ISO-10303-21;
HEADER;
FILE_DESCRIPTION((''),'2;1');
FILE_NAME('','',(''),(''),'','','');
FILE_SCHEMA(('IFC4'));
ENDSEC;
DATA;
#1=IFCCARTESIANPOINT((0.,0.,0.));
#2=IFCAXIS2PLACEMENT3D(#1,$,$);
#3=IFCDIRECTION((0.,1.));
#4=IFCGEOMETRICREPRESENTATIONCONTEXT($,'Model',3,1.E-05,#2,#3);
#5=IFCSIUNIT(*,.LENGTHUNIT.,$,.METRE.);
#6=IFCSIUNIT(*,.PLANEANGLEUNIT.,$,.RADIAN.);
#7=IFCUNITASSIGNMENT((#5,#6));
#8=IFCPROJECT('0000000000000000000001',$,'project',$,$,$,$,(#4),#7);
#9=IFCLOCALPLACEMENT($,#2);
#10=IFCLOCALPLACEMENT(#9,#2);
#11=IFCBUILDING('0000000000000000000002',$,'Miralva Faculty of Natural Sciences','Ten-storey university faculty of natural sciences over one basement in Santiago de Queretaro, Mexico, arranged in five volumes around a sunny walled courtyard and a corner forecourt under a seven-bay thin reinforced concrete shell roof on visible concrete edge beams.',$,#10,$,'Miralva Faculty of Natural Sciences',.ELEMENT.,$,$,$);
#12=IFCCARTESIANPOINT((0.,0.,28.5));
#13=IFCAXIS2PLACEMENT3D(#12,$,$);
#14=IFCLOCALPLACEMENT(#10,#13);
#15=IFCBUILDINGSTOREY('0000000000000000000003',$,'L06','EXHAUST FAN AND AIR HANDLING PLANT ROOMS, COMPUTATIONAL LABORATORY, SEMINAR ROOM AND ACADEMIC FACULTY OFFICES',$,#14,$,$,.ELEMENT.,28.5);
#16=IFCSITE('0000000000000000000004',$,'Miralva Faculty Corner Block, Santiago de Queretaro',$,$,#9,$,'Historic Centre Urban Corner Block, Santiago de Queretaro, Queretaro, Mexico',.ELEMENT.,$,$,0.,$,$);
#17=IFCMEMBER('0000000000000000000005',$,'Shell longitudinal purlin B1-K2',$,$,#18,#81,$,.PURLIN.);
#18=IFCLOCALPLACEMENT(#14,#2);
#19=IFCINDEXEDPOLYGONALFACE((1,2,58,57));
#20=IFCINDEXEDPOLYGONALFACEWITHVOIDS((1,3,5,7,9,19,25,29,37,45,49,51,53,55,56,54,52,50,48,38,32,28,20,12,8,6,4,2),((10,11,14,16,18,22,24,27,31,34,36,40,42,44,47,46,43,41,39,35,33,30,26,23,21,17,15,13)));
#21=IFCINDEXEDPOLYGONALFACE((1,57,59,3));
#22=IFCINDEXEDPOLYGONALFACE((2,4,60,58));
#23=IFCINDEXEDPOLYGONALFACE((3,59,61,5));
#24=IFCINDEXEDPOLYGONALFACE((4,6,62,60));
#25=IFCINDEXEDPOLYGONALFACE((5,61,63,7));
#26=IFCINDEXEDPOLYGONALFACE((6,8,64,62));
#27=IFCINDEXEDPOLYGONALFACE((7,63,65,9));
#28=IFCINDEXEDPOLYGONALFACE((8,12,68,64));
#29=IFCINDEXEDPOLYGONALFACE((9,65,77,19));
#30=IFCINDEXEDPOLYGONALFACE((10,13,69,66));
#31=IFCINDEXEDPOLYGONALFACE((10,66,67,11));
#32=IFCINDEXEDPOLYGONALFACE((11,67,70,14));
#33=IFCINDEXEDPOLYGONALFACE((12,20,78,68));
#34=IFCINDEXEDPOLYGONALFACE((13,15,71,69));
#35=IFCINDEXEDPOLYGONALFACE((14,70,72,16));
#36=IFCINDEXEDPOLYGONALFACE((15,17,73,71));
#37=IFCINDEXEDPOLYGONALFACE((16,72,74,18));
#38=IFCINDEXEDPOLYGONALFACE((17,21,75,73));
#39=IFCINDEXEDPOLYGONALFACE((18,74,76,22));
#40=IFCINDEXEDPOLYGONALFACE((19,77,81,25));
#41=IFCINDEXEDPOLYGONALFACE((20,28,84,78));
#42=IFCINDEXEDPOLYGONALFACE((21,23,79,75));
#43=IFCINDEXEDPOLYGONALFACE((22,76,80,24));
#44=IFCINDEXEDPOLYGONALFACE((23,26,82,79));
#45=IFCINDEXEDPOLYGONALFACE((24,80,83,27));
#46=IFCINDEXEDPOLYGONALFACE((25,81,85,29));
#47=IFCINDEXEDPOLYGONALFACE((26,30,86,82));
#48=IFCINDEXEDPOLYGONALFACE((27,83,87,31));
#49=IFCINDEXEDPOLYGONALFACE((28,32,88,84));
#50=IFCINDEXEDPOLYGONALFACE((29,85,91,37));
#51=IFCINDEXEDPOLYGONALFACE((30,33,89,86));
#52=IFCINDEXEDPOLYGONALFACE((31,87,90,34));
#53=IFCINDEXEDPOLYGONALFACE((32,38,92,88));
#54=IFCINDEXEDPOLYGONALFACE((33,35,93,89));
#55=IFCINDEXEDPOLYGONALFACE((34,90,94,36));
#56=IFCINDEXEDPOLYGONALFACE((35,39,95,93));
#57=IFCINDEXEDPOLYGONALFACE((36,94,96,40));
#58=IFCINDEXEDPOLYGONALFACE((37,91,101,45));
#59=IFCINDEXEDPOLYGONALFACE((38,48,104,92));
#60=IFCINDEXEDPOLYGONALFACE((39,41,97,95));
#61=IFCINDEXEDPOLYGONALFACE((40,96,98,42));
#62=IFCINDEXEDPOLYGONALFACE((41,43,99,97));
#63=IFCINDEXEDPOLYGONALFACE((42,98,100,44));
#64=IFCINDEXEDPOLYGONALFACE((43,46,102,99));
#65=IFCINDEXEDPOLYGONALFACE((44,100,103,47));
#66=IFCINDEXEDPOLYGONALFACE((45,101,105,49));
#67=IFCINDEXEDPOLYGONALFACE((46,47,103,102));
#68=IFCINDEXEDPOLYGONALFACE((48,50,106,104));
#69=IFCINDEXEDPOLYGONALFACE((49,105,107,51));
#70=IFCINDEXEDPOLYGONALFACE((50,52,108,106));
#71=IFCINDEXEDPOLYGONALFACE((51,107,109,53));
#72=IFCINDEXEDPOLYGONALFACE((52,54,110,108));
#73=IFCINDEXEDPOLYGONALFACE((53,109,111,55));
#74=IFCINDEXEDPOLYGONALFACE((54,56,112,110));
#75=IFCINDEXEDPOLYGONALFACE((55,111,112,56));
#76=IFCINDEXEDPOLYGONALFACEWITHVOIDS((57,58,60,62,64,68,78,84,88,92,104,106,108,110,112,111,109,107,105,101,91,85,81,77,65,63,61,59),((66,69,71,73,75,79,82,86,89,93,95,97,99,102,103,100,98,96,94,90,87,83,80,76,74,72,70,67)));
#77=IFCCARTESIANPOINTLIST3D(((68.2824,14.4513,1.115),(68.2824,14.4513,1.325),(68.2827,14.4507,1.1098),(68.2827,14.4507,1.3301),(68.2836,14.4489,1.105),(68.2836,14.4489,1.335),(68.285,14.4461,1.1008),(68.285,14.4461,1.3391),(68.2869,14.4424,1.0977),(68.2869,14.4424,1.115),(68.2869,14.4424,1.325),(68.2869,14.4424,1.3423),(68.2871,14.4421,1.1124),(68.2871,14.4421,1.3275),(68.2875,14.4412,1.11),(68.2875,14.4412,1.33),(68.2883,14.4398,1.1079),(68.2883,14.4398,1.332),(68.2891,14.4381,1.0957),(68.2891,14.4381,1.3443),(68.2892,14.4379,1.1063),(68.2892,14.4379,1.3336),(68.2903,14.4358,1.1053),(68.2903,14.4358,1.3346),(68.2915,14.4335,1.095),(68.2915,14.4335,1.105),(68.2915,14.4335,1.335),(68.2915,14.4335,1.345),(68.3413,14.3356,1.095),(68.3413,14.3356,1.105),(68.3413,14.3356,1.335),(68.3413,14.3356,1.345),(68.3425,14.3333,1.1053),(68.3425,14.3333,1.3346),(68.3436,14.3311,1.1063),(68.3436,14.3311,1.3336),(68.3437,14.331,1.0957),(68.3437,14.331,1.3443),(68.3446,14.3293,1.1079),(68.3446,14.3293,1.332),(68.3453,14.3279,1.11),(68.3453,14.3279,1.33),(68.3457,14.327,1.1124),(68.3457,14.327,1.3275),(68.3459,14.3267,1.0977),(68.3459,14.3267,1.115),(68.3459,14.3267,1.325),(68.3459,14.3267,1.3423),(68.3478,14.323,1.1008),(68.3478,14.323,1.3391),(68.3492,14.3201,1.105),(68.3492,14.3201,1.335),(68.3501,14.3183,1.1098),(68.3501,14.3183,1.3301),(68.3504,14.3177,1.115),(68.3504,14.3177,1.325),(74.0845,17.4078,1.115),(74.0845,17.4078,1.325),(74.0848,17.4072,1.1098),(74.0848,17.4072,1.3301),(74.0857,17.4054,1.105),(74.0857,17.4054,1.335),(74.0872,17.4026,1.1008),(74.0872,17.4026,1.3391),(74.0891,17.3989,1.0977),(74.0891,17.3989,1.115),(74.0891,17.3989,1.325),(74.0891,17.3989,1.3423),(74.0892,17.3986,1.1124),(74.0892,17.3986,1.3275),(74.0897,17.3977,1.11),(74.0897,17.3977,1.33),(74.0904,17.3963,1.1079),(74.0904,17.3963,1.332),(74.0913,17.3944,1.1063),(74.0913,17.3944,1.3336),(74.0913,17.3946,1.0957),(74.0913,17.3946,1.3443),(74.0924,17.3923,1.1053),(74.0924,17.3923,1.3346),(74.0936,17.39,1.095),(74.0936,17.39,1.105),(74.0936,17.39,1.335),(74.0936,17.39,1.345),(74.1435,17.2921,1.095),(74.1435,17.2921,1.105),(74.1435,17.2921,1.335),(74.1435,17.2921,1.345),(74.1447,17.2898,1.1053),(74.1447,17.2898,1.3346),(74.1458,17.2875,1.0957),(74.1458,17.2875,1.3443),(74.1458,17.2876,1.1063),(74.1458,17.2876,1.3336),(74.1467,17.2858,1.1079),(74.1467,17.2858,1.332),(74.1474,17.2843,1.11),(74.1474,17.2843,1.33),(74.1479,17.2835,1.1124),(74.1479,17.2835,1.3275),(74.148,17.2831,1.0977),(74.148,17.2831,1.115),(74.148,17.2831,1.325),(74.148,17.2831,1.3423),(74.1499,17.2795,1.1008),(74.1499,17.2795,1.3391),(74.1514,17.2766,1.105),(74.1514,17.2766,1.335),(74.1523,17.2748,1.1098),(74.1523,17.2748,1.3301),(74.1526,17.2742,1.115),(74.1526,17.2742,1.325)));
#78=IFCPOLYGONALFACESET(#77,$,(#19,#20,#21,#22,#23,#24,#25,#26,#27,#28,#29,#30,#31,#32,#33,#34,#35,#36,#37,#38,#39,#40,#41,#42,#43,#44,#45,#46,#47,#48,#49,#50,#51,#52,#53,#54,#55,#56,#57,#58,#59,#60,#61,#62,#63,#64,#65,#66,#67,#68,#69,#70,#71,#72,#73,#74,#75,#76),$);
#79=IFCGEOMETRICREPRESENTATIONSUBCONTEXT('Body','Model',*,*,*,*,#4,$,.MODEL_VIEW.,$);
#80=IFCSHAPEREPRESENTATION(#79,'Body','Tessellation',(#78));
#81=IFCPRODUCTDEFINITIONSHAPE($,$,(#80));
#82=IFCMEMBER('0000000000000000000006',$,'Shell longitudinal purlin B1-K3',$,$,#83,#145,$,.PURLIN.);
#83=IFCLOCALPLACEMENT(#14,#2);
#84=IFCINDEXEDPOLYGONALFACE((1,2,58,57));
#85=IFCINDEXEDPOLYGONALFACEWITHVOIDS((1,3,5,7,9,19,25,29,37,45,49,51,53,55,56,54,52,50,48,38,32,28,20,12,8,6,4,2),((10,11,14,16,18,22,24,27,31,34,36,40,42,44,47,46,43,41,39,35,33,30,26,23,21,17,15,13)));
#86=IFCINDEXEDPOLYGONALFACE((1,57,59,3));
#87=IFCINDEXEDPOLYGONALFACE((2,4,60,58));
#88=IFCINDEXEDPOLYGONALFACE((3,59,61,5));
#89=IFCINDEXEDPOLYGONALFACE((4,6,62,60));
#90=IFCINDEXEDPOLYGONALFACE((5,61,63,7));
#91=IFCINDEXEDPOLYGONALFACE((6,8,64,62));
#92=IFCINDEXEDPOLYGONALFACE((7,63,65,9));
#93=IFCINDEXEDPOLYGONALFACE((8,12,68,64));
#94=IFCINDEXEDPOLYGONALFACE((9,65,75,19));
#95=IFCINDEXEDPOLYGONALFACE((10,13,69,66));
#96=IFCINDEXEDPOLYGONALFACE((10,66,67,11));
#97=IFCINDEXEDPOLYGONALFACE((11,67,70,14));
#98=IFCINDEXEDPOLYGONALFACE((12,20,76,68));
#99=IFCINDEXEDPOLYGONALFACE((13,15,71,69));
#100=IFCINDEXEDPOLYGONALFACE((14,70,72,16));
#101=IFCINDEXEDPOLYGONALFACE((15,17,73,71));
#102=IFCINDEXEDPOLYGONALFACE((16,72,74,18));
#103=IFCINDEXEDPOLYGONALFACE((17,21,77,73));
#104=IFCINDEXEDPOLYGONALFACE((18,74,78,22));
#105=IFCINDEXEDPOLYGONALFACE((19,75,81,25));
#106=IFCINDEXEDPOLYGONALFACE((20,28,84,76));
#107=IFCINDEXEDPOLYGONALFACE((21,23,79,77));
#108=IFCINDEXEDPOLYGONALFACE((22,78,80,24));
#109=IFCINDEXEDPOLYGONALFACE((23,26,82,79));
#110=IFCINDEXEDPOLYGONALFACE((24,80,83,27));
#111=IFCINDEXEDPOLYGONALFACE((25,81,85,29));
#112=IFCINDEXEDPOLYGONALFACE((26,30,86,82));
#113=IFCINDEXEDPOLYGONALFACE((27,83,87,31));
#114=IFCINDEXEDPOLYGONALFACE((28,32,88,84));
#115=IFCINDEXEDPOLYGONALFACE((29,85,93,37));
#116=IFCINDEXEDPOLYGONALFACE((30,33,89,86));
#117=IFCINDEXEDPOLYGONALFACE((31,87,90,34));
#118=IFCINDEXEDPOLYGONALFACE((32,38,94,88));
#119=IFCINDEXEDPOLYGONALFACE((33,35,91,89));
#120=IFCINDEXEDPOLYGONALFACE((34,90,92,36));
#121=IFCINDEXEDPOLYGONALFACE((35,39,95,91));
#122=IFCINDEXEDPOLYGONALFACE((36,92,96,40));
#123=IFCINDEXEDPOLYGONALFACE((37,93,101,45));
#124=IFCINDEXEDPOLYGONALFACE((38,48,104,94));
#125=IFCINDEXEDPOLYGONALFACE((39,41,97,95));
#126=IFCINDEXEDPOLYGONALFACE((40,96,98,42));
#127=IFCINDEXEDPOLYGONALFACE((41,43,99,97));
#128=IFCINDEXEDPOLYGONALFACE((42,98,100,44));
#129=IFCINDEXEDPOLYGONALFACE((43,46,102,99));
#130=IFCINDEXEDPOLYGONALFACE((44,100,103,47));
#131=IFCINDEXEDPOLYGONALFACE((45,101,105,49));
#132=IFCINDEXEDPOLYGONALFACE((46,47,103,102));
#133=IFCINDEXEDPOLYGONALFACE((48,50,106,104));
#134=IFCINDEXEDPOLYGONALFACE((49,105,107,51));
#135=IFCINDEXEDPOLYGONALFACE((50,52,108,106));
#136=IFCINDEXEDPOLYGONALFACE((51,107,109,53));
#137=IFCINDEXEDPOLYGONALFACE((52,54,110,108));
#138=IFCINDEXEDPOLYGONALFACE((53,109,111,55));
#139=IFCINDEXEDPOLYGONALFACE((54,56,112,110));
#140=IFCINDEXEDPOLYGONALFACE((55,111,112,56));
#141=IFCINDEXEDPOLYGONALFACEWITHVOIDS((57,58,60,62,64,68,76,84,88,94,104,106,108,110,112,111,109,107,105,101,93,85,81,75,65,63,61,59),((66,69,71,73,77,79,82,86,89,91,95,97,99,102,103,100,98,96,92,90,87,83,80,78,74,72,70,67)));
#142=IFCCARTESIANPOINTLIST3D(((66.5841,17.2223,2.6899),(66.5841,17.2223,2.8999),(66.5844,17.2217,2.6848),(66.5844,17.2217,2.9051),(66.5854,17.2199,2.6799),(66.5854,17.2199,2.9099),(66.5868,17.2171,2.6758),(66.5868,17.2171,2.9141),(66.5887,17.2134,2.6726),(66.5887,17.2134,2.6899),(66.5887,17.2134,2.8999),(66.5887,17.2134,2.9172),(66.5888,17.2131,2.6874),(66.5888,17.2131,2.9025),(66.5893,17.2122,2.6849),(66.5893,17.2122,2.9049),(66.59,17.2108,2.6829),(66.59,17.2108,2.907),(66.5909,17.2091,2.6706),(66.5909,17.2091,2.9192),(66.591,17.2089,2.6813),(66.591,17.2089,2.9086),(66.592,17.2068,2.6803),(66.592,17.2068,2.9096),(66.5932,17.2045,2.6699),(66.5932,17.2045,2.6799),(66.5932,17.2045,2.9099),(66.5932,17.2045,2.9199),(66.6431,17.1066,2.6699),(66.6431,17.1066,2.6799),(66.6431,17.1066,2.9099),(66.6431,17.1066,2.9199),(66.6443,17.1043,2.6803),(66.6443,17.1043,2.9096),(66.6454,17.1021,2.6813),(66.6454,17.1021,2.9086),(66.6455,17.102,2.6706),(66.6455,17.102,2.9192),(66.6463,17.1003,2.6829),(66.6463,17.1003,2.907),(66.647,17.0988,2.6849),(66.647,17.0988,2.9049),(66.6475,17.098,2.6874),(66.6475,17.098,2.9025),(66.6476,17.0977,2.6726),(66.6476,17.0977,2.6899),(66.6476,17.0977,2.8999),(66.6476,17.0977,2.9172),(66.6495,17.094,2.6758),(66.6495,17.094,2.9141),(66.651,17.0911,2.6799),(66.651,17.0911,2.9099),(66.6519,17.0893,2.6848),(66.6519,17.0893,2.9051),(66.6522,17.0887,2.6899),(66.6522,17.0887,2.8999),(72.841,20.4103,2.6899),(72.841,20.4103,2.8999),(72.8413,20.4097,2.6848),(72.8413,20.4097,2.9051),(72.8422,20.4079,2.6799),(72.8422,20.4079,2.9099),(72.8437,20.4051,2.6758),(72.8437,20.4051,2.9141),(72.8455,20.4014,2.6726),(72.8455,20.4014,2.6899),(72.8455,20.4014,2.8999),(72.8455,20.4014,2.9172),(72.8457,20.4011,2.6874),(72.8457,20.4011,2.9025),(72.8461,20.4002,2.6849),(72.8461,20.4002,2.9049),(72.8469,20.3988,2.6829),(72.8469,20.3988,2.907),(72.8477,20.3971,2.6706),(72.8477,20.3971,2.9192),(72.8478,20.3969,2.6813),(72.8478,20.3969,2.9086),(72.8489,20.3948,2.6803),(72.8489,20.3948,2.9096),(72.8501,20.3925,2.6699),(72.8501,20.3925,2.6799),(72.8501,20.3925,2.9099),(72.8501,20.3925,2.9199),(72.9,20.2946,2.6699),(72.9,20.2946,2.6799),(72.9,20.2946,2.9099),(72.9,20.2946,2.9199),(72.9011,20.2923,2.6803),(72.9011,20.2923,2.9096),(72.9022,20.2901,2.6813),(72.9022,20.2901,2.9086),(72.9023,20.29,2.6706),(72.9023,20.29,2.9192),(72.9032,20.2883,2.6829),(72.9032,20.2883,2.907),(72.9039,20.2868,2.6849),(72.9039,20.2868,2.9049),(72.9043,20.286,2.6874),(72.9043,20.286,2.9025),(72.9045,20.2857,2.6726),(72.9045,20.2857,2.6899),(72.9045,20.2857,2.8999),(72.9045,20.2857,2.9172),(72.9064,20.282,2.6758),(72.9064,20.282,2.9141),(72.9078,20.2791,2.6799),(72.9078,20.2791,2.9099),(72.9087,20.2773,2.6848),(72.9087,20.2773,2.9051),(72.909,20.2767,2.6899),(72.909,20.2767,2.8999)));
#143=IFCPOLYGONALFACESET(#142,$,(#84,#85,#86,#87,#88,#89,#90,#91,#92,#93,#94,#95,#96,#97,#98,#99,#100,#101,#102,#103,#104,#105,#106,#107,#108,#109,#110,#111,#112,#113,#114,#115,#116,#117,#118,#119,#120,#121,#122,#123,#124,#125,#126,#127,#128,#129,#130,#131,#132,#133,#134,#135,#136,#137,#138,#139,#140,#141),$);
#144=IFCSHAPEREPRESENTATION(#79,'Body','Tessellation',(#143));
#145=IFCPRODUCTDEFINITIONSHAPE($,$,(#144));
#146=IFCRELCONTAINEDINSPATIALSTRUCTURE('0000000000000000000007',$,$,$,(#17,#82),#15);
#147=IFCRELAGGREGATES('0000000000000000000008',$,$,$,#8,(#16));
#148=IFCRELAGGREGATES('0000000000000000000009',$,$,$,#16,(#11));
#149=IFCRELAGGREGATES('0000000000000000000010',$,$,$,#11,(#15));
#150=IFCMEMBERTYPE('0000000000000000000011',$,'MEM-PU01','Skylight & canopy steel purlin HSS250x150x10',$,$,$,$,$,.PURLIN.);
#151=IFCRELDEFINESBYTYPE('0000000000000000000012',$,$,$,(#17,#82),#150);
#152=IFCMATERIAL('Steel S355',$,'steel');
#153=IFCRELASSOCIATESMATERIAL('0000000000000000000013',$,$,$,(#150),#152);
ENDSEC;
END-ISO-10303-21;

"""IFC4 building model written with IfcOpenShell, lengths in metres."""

from ifc_helpers import new_model, si_unit, direction, frame, origin, origin_2d, place, context, subcontext, project, spatial, hollow_rectangle, extrude, material, material_profile, profile_set, type_object, element, save


model = new_model("IFC4")

# Units and contexts
model_context = context("Model", 3, precision=1e-05, world=origin(), true_north=direction((0.0, 1.0)))
body_context = subcontext(model_context, "Body", "Model", "MODEL_VIEW")
ifc_project = project(units=[si_unit("LENGTHUNIT", "METRE"), si_unit("PLANEANGLEUNIT", "RADIAN")], contexts=[model_context])

# Site, building, storey
site_placement = place(None, origin())
site = spatial("IfcSite", under=ifc_project, at=site_placement, Name="Miralva Faculty Corner Block, Santiago de Queretaro", LongName="Historic Centre Urban Corner Block, Santiago de Queretaro, Queretaro, Mexico", CompositionType="ELEMENT", RefElevation=0.0)
building_placement = place(site_placement, origin())
building = spatial("IfcBuilding", under=site, at=building_placement, Name="Miralva Faculty of Natural Sciences", Description="Ten-storey university faculty of natural sciences over one basement in Santiago de Queretaro, Mexico, arranged in five volumes around a sunny walled courtyard and a corner forecourt under a seven-bay thin reinforced concrete shell roof on visible concrete edge beams.", LongName="Miralva Faculty of Natural Sciences", CompositionType="ELEMENT")
storey_placement = place(building_placement, frame((0.0, 0.0, 28.5)))
storey = spatial("IfcBuildingStorey", under=building, at=storey_placement, Name="L06", Description="EXHAUST FAN AND AIR HANDLING PLANT ROOMS, COMPUTATIONAL LABORATORY, SEMINAR ROOM AND ACADEMIC FACULTY OFFICES", CompositionType="ELEMENT", Elevation=28.5)

# Members
ifc_material_1 = material(Name="Steel S355", Category="steel")
ifc_material_profile_1 = material_profile(ifc_material_1, hollow_rectangle(XDim=0.1499, YDim=0.25, WallThickness=0.01, InnerFilletRadius=0.01, OuterFilletRadius=0.02, at=origin_2d()), Name="HSS 250x150x10")
ifc_profile_set_1 = profile_set([ifc_material_profile_1], Name="Steel S355")
member_type = type_object("IfcMemberType", Name="MEM-PU01", Description="Skylight & canopy steel purlin HSS250x150x10", PredefinedType="PURLIN", material=ifc_profile_set_1)
member_1_placement = place(storey_placement, frame((68.3164, 14.3845, 1.22), z_axis=(0.890997, 0.454009, 0.0), x_axis=(-0.454009, 0.890997, 0.0)))
element("IfcMember", 1, at=member_1_placement, inside=storey, type_object=member_type, Name="Shell longitudinal purlin B1-K2", PredefinedType="PURLIN", context=body_context, shape_type="SweptSolid", body=[
    extrude(hollow_rectangle(XDim=0.1499, YDim=0.25, WallThickness=0.01, InnerFilletRadius=0.01, OuterFilletRadius=0.02, at=origin_2d()), origin(), (0.0, 0.0, 1.0), 6.512),
])
member_2_placement = place(storey_placement, frame((66.6182, 17.1555, 2.7949), z_axis=(0.891008, 0.453987, 0.0), x_axis=(-0.453987, 0.891008, 0.0)))
element("IfcMember", 2, at=member_2_placement, inside=storey, type_object=member_type, Name="Shell longitudinal purlin B1-K3", PredefinedType="PURLIN", context=body_context, shape_type="SweptSolid", body=[
    extrude(hollow_rectangle(XDim=0.1499, YDim=0.25, WallThickness=0.01, InnerFilletRadius=0.01, OuterFilletRadius=0.02, at=origin_2d()), origin(), (0.0, 0.0, 1.0), 7.0222),
])

save(model, "model.ifc")
